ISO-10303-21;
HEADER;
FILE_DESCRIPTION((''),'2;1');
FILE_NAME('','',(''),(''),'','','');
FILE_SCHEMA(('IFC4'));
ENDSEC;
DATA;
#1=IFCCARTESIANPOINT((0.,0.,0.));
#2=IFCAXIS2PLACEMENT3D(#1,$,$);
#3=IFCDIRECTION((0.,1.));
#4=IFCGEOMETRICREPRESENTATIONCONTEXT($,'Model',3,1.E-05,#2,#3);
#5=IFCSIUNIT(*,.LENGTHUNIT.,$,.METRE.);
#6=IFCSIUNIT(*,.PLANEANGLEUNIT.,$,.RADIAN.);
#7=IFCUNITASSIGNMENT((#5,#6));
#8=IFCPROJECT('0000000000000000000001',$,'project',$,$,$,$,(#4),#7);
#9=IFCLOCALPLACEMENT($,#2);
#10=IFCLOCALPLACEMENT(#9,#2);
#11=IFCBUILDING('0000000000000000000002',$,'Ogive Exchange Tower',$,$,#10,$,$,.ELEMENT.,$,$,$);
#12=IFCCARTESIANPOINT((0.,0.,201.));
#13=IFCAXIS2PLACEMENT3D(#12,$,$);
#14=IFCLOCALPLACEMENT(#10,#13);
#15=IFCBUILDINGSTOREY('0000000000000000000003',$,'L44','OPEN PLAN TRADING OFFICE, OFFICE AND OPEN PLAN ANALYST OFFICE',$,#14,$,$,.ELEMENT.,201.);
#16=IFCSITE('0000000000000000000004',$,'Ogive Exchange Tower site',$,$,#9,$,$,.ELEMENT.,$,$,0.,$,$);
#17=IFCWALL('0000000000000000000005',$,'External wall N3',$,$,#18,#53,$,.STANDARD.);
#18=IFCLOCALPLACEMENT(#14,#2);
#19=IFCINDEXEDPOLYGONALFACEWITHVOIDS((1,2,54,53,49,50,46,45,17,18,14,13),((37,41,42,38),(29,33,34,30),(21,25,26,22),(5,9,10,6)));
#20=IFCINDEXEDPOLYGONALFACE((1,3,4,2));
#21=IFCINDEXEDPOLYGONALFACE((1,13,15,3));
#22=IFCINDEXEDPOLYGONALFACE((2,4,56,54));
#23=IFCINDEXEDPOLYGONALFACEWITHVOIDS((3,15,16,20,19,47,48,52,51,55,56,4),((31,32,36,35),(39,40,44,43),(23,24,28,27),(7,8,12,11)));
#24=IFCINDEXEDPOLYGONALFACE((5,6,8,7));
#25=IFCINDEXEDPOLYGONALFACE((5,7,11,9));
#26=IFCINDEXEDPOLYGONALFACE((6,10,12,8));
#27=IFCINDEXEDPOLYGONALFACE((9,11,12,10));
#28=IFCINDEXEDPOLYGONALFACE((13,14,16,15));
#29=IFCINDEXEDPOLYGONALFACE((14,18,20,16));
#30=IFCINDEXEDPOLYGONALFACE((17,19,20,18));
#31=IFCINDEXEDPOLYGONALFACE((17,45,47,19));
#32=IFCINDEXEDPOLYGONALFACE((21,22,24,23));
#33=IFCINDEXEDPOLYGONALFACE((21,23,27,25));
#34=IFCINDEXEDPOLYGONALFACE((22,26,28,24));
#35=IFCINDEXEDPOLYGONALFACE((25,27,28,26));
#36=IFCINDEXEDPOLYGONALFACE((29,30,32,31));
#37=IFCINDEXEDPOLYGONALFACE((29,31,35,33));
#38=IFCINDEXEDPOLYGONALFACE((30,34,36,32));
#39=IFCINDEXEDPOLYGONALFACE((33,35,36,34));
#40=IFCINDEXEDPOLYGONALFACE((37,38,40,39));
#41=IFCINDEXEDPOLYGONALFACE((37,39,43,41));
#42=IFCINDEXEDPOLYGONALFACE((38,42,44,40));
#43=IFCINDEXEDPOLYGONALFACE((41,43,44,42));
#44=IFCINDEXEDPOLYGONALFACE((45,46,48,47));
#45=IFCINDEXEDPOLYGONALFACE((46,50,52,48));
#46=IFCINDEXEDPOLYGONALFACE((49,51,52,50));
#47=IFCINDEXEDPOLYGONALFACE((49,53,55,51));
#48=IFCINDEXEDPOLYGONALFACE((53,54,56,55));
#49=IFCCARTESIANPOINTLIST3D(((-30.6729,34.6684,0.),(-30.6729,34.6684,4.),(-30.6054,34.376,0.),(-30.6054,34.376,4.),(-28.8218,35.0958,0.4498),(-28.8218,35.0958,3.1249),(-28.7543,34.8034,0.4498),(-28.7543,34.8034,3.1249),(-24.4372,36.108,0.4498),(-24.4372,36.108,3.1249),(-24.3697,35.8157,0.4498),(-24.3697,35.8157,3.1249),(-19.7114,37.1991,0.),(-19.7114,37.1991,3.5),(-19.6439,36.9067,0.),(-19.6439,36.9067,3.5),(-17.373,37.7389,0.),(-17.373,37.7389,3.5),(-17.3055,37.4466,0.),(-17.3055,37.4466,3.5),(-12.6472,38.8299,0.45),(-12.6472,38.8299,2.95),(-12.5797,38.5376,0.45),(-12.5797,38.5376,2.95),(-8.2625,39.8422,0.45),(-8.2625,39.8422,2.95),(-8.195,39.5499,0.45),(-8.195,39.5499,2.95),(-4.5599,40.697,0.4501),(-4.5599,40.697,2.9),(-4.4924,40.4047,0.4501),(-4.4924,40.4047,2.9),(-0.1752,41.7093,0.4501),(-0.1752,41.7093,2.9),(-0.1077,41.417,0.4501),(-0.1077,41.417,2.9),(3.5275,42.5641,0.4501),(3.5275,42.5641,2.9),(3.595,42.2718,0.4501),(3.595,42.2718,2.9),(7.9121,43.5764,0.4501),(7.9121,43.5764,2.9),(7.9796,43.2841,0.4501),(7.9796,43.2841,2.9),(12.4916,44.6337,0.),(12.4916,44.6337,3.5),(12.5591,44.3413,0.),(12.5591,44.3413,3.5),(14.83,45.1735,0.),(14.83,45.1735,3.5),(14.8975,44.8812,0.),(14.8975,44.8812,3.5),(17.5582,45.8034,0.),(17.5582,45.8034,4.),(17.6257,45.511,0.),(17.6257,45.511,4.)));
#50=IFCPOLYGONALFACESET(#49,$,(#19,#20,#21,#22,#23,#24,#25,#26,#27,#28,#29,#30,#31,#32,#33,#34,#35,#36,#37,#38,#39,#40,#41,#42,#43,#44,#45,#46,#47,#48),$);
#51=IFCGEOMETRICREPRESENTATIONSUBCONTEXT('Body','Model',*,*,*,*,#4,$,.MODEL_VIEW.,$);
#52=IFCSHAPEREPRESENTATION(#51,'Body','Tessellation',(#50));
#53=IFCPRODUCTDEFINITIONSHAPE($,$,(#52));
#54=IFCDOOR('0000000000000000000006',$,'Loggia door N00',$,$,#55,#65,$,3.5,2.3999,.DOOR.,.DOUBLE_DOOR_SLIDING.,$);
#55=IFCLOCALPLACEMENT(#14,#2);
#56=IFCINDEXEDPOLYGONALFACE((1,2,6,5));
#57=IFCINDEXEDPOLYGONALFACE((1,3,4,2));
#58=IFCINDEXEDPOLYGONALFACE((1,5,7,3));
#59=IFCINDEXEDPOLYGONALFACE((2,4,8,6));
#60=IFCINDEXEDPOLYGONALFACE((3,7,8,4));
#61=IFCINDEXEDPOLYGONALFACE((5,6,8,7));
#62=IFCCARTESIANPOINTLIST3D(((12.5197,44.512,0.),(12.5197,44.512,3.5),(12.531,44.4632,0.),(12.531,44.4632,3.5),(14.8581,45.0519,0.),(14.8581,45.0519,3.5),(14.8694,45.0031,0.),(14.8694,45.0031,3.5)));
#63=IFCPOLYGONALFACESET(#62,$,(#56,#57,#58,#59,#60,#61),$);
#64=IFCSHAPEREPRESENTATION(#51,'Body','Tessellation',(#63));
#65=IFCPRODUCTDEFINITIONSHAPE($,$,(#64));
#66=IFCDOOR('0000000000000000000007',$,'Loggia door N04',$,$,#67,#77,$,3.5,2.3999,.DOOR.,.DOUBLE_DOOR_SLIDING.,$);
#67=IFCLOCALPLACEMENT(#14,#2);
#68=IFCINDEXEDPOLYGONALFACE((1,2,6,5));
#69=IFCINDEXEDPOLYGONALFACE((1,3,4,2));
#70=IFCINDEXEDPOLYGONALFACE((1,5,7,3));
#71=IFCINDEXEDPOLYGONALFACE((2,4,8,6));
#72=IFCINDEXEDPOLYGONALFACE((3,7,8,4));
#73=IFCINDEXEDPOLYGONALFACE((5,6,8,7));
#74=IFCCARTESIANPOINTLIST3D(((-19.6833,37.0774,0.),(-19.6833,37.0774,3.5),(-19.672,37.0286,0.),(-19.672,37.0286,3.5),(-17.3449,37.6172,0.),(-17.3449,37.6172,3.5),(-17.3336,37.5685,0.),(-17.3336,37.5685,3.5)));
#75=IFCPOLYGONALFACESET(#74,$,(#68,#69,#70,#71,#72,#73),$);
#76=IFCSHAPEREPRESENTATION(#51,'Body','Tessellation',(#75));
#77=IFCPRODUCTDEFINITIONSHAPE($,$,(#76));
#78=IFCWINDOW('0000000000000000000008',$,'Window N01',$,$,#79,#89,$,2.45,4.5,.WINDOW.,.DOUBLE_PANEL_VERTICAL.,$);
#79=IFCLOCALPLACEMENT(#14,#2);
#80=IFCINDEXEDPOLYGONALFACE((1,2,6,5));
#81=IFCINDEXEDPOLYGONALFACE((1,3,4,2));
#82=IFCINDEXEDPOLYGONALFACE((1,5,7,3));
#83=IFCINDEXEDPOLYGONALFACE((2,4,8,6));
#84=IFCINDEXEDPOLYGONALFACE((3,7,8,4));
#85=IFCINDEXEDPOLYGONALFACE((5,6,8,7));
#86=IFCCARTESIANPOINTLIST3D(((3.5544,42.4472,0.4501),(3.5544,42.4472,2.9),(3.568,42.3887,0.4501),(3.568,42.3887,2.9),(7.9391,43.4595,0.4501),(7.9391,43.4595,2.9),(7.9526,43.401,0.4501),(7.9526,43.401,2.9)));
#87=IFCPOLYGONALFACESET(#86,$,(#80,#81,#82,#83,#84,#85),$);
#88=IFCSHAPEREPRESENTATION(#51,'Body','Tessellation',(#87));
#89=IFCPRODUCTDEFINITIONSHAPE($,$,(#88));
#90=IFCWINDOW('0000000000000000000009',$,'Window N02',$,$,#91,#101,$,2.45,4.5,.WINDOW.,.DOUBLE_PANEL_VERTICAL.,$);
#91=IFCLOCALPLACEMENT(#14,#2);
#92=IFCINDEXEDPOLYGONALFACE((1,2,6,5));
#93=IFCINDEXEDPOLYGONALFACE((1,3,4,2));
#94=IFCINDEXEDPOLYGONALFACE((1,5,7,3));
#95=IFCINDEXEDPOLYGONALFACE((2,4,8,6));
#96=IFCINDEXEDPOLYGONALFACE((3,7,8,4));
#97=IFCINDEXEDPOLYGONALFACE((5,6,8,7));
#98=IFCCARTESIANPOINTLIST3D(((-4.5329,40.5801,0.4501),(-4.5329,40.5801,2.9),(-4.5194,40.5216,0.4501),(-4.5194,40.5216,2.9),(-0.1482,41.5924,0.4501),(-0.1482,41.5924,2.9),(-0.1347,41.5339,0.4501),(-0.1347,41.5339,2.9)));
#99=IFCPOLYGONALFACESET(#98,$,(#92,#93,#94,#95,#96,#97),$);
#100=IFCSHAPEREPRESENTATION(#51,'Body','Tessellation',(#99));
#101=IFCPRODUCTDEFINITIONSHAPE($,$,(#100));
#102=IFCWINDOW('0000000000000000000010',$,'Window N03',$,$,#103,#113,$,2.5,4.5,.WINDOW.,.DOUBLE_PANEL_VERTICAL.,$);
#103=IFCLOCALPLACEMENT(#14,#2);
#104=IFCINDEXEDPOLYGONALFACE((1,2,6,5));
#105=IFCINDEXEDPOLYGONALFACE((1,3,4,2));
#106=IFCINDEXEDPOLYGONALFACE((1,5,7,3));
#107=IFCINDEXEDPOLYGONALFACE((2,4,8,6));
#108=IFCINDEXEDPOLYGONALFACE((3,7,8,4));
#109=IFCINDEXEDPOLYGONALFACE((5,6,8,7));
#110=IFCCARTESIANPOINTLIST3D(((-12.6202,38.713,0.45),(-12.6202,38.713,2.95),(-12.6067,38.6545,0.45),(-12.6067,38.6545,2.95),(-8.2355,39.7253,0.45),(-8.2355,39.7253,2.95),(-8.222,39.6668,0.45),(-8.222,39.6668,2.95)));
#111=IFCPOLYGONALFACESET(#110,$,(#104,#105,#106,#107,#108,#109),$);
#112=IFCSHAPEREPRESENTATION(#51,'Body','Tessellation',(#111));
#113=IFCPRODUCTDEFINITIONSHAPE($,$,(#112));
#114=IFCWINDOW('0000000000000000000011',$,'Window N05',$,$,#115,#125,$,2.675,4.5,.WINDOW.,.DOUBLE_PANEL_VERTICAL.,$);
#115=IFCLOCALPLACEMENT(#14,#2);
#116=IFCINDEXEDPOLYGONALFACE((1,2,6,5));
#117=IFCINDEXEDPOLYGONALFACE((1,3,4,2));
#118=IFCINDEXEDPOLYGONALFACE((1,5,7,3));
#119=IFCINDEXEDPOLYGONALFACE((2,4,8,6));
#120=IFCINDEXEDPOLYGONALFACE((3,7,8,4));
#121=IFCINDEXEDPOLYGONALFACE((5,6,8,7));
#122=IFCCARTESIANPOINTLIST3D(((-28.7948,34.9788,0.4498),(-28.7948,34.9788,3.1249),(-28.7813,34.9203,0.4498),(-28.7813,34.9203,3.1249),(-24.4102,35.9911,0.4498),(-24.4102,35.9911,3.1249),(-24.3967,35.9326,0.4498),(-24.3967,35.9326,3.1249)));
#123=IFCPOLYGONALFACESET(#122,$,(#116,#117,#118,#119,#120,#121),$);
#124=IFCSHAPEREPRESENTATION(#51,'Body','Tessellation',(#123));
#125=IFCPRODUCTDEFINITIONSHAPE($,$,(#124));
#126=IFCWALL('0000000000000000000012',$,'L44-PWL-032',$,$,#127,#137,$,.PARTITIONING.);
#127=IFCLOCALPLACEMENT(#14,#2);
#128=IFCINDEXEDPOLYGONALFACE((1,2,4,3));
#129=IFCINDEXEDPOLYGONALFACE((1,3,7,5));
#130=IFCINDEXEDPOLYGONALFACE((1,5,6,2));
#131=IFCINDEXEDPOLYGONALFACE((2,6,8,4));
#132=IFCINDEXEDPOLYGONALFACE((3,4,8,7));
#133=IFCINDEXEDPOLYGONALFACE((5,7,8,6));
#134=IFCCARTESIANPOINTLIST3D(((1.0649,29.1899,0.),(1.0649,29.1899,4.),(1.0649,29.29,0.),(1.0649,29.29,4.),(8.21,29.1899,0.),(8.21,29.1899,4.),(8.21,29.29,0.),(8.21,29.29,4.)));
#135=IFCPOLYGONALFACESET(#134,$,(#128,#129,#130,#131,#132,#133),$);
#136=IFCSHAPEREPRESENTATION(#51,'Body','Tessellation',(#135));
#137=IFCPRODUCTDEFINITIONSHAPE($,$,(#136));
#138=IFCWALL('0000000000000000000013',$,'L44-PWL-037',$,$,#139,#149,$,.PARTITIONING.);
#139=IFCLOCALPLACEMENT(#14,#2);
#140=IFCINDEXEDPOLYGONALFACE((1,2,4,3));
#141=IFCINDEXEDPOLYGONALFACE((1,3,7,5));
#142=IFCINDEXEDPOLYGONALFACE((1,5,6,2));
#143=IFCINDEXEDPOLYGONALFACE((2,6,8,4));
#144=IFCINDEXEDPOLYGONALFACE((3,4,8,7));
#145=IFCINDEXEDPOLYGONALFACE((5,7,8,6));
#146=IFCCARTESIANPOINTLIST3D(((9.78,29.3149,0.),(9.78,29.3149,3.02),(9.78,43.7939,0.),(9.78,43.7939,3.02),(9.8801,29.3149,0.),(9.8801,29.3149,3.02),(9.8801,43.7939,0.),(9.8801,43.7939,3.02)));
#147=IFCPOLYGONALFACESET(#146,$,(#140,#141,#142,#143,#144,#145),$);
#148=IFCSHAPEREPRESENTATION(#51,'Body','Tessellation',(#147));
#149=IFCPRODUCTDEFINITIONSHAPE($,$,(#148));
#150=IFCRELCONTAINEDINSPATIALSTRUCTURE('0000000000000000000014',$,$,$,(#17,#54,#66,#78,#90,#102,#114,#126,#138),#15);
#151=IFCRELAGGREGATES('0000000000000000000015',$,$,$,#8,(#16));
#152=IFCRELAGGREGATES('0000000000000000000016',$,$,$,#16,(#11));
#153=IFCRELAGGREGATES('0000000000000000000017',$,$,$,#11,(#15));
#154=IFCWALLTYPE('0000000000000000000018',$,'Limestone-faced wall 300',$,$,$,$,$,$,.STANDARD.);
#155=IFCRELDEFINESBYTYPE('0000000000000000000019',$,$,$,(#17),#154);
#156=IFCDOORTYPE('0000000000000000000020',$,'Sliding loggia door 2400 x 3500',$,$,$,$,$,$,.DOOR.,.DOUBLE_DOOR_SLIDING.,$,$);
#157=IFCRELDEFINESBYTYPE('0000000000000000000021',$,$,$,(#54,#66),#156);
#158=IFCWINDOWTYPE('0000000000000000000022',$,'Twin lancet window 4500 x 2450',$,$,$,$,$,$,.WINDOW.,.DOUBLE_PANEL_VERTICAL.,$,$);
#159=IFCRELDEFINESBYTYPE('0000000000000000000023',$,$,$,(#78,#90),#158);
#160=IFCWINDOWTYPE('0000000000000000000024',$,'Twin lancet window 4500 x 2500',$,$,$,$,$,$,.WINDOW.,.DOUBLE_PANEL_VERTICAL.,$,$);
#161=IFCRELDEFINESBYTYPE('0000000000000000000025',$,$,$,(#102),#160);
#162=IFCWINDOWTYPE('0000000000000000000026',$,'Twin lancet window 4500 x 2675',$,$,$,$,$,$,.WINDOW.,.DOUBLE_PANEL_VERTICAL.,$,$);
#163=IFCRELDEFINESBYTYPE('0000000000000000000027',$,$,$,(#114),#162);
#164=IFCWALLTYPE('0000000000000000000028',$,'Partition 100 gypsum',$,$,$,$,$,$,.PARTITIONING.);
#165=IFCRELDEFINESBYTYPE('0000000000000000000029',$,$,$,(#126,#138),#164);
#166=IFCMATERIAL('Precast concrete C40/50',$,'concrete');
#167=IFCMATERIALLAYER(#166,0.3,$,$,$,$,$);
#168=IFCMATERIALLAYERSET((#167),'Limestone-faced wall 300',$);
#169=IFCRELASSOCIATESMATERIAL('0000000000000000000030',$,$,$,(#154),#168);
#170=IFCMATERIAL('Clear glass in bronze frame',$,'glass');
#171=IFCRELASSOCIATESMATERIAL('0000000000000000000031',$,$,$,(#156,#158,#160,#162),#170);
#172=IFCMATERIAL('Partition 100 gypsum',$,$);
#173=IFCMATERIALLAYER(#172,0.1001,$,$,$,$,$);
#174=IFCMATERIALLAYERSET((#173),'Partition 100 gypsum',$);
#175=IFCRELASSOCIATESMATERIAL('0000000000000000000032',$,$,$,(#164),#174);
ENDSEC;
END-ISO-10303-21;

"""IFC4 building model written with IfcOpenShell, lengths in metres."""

from ifc_helpers import new_model, si_unit, direction, frame, frame_2d, origin, place, context, subcontext, project, spatial, rectangle, extrude, material, layer, layer_set, type_object, element, fill, save


model = new_model("IFC4")

# Units and contexts
model_context = context("Model", 3, precision=1e-05, world=origin(), true_north=direction((0.0, 1.0)))
body_context = subcontext(model_context, "Body", "Model", "MODEL_VIEW")
ifc_project = project(units=[si_unit("LENGTHUNIT", "METRE"), si_unit("PLANEANGLEUNIT", "RADIAN")], contexts=[model_context])

# Site, building, storey
site_placement = place(None, origin())
site = spatial("IfcSite", under=ifc_project, at=site_placement, Name="Ogive Exchange Tower site", CompositionType="ELEMENT", RefElevation=0.0)
building_placement = place(site_placement, origin())
building = spatial("IfcBuilding", under=site, at=building_placement, Name="Ogive Exchange Tower", CompositionType="ELEMENT")
storey_placement = place(building_placement, frame((0.0, 0.0, 201.0)))
storey = spatial("IfcBuildingStorey", under=building, at=storey_placement, Name="L44", Description="OPEN PLAN TRADING OFFICE, OFFICE AND OPEN PLAN ANALYST OFFICE", CompositionType="ELEMENT", Elevation=201.0)

# Wall, openings, doors, windows
ifc_material_1 = material(Name="Precast concrete C40/50", Category="concrete")
ifc_layer_1 = layer(ifc_material_1, 0.3)
ifc_layer_set_1 = layer_set([ifc_layer_1], Name="Limestone-faced wall 300")
wall_type_1 = type_object("IfcWallType", Name="Limestone-faced wall 300", PredefinedType="STANDARD", material=ifc_layer_set_1)
wall_1_placement = place(storey_placement, frame((17.592, 45.6572, 0.0), z_axis=(0.0, 0.0, 1.0), x_axis=(-0.97437, -0.22495, 0.0)))
wall_1 = element("IfcWall", 1, at=wall_1_placement, inside=storey, type_object=wall_type_1, Name="External wall N3", PredefinedType="STANDARD", context=body_context, shape_type="SweptSolid", body=[
    extrude(rectangle(XDim=49.4998, YDim=0.3, at=frame_2d((24.75, 0.0))), origin(), (0.0, 0.0, 1.0), 4.0),
])
opening_1_placement = place(wall_1_placement, frame((2.8, 0.0, 0.0)))
opening_1 = element("IfcOpeningElement", 2, at=opening_1_placement, cuts=wall_1, PredefinedType="OPENING", context=body_context, shape_type="SweptSolid", body=[
    extrude(rectangle(XDim=2.3999, YDim=3.5, at=frame_2d((1.2, 1.75))), frame((0.0, 0.1599, 0.0), z_axis=(0.0, -1.0, 0.0), x_axis=(1.0, 0.0, 0.0)), (0.0, 0.0, 1.0), 0.3201),
])
opening_2_placement = place(wall_1_placement, frame((9.8999, 0.0, 0.45)))
opening_2 = element("IfcOpeningElement", 3, at=opening_2_placement, cuts=wall_1, PredefinedType="OPENING", context=body_context, shape_type="SweptSolid", body=[
    extrude(rectangle(XDim=4.5, YDim=2.45, at=frame_2d((2.25, 1.2251))), frame((0.0, 0.1599, 0.0), z_axis=(0.0, -1.0, 0.0), x_axis=(1.0, 0.0, 0.0)), (0.0, 0.0, 1.0), 0.3201),
])
opening_3_placement = place(wall_1_placement, frame((18.2, 0.0, 0.45)))
opening_3 = element("IfcOpeningElement", 4, at=opening_3_placement, cuts=wall_1, PredefinedType="OPENING", context=body_context, shape_type="SweptSolid", body=[
    extrude(rectangle(XDim=4.5, YDim=2.45, at=frame_2d((2.25, 1.2251))), frame((0.0, 0.1599, 0.0), z_axis=(0.0, -1.0, 0.0), x_axis=(1.0, 0.0, 0.0)), (0.0, 0.0, 1.0), 0.3201),
])
opening_4_placement = place(wall_1_placement, frame((26.5, 0.0, 0.45)))
opening_4 = element("IfcOpeningElement", 5, at=opening_4_placement, cuts=wall_1, PredefinedType="OPENING", context=body_context, shape_type="SweptSolid", body=[
    extrude(rectangle(XDim=4.5, YDim=2.5, at=frame_2d((2.25, 1.25))), frame((0.0, 0.1599, 0.0), z_axis=(0.0, -1.0, 0.0), x_axis=(1.0, 0.0, 0.0)), (0.0, 0.0, 1.0), 0.3201),
])
opening_5_placement = place(wall_1_placement, frame((35.8501, 0.0, 0.0)))
opening_5 = element("IfcOpeningElement", 6, at=opening_5_placement, cuts=wall_1, PredefinedType="OPENING", context=body_context, shape_type="SweptSolid", body=[
    extrude(rectangle(XDim=2.3999, YDim=3.5, at=frame_2d((1.2, 1.75))), frame((0.0, 0.1599, 0.0), z_axis=(0.0, -1.0, 0.0), x_axis=(1.0, 0.0, 0.0)), (0.0, 0.0, 1.0), 0.3201),
])
opening_6_placement = place(wall_1_placement, frame((43.1001, 0.0, 0.45)))
opening_6 = element("IfcOpeningElement", 7, at=opening_6_placement, cuts=wall_1, PredefinedType="OPENING", context=body_context, shape_type="SweptSolid", body=[
    extrude(rectangle(XDim=4.5, YDim=2.675, at=frame_2d((2.25, 1.3374))), frame((0.0, 0.1599, 0.0), z_axis=(0.0, -1.0, 0.0), x_axis=(1.0, 0.0, 0.0)), (0.0, 0.0, 1.0), 0.3201),
])
ifc_material_2 = material(Name="Clear glass in bronze frame", Category="glass")
door_type_1 = type_object("IfcDoorType", Name="Sliding loggia door 2400 x 3500", OperationType="DOUBLE_DOOR_SLIDING", PredefinedType="DOOR", material=ifc_material_2)
door_1_placement = place(opening_1_placement, origin())
door_1 = element("IfcDoor", 8, at=door_1_placement, inside=storey, type_object=door_type_1, Name="Loggia door N00", OperationType="DOUBLE_DOOR_SLIDING", OverallHeight=3.5, OverallWidth=2.3999, PredefinedType="DOOR", context=body_context, shape_type="SweptSolid", body=[
    extrude(rectangle(XDim=2.3999, YDim=3.5, at=frame_2d((1.2, 1.75))), frame((0.0, 0.0249, 0.0), z_axis=(0.0, -1.0, 0.0), x_axis=(1.0, 0.0, 0.0)), (0.0, 0.0, 1.0), 0.05),
])
fill(opening_1, door_1)
door_2_placement = place(opening_5_placement, origin())
door_2 = element("IfcDoor", 9, at=door_2_placement, inside=storey, type_object=door_type_1, Name="Loggia door N04", OperationType="DOUBLE_DOOR_SLIDING", OverallHeight=3.5, OverallWidth=2.3999, PredefinedType="DOOR", context=body_context, shape_type="SweptSolid", body=[
    extrude(rectangle(XDim=2.3999, YDim=3.5, at=frame_2d((1.2, 1.75))), frame((0.0, 0.0249, 0.0), z_axis=(0.0, -1.0, 0.0), x_axis=(1.0, 0.0, 0.0)), (0.0, 0.0, 1.0), 0.05),
])
fill(opening_5, door_2)
window_type_1 = type_object("IfcWindowType", Name="Twin lancet window 4500 x 2450", PartitioningType="DOUBLE_PANEL_VERTICAL", PredefinedType="WINDOW", material=ifc_material_2)
window_1_placement = place(opening_2_placement, origin())
window_1 = element("IfcWindow", 10, at=window_1_placement, inside=storey, type_object=window_type_1, Name="Window N01", OverallHeight=2.45, OverallWidth=4.5, PartitioningType="DOUBLE_PANEL_VERTICAL", PredefinedType="WINDOW", context=body_context, shape_type="SweptSolid", body=[
    extrude(rectangle(XDim=4.5, YDim=2.45, at=frame_2d((2.25, 1.2251))), frame((0.0, 0.03, 0.0), z_axis=(0.0, -1.0, 0.0), x_axis=(1.0, 0.0, 0.0)), (0.0, 0.0, 1.0), 0.0601),
])
fill(opening_2, window_1)
window_2_placement = place(opening_3_placement, origin())
window_2 = element("IfcWindow", 11, at=window_2_placement, inside=storey, type_object=window_type_1, Name="Window N02", OverallHeight=2.45, OverallWidth=4.5, PartitioningType="DOUBLE_PANEL_VERTICAL", PredefinedType="WINDOW", context=body_context, shape_type="SweptSolid", body=[
    extrude(rectangle(XDim=4.5, YDim=2.45, at=frame_2d((2.25, 1.2251))), frame((0.0, 0.03, 0.0), z_axis=(0.0, -1.0, 0.0), x_axis=(1.0, 0.0, 0.0)), (0.0, 0.0, 1.0), 0.0601),
])
fill(opening_3, window_2)
window_type_2 = type_object("IfcWindowType", Name="Twin lancet window 4500 x 2500", PartitioningType="DOUBLE_PANEL_VERTICAL", PredefinedType="WINDOW", material=ifc_material_2)
window_3_placement = place(opening_4_placement, origin())
window_3 = element("IfcWindow", 12, at=window_3_placement, inside=storey, type_object=window_type_2, Name="Window N03", OverallHeight=2.5, OverallWidth=4.5, PartitioningType="DOUBLE_PANEL_VERTICAL", PredefinedType="WINDOW", context=body_context, shape_type="SweptSolid", body=[
    extrude(rectangle(XDim=4.5, YDim=2.5, at=frame_2d((2.25, 1.25))), frame((0.0, 0.03, 0.0), z_axis=(0.0, -1.0, 0.0), x_axis=(1.0, 0.0, 0.0)), (0.0, 0.0, 1.0), 0.0601),
])
fill(opening_4, window_3)
window_type_3 = type_object("IfcWindowType", Name="Twin lancet window 4500 x 2675", PartitioningType="DOUBLE_PANEL_VERTICAL", PredefinedType="WINDOW", material=ifc_material_2)
window_4_placement = place(opening_6_placement, origin())
window_4 = element("IfcWindow", 13, at=window_4_placement, inside=storey, type_object=window_type_3, Name="Window N05", OverallHeight=2.675, OverallWidth=4.5, PartitioningType="DOUBLE_PANEL_VERTICAL", PredefinedType="WINDOW", context=body_context, shape_type="SweptSolid", body=[
    extrude(rectangle(XDim=4.5, YDim=2.675, at=frame_2d((2.25, 1.3374))), frame((0.0, 0.03, 0.0), z_axis=(0.0, -1.0, 0.0), x_axis=(1.0, 0.0, 0.0)), (0.0, 0.0, 1.0), 0.0601),
])
fill(opening_6, window_4)

# Walls
ifc_material_3 = material(Name="Partition 100 gypsum")
ifc_layer_2 = layer(ifc_material_3, 0.1001)
ifc_layer_set_2 = layer_set([ifc_layer_2], Name="Partition 100 gypsum")
wall_type_2 = type_object("IfcWallType", Name="Partition 100 gypsum", PredefinedType="PARTITIONING", material=ifc_layer_set_2)
wall_2_placement = place(storey_placement, frame((1.0649, 29.24, 0.0), z_axis=(0.0, 0.0, 1.0), x_axis=(1.0, 0.0, 0.0)))
element("IfcWall", 14, at=wall_2_placement, inside=storey, type_object=wall_type_2, Name="L44-PWL-032", PredefinedType="PARTITIONING", context=body_context, shape_type="SweptSolid", body=[
    extrude(rectangle(XDim=7.145, YDim=0.1001, at=frame_2d((3.5725, 0.0))), origin(), (0.0, 0.0, 1.0), 4.0),
])
wall_3_placement = place(storey_placement, frame((9.8301, 43.7939, 0.0), z_axis=(0.0, 0.0, 1.0), x_axis=(0.0, -1.0, 0.0)))
element("IfcWall", 15, at=wall_3_placement, inside=storey, type_object=wall_type_2, Name="L44-PWL-037", PredefinedType="PARTITIONING", context=body_context, shape_type="SweptSolid", body=[
    extrude(rectangle(XDim=14.479, YDim=0.1001, at=frame_2d((7.2395, 0.0))), origin(), (0.0, 0.0, 1.0), 3.02),
])

save(model, "model.ifc")
